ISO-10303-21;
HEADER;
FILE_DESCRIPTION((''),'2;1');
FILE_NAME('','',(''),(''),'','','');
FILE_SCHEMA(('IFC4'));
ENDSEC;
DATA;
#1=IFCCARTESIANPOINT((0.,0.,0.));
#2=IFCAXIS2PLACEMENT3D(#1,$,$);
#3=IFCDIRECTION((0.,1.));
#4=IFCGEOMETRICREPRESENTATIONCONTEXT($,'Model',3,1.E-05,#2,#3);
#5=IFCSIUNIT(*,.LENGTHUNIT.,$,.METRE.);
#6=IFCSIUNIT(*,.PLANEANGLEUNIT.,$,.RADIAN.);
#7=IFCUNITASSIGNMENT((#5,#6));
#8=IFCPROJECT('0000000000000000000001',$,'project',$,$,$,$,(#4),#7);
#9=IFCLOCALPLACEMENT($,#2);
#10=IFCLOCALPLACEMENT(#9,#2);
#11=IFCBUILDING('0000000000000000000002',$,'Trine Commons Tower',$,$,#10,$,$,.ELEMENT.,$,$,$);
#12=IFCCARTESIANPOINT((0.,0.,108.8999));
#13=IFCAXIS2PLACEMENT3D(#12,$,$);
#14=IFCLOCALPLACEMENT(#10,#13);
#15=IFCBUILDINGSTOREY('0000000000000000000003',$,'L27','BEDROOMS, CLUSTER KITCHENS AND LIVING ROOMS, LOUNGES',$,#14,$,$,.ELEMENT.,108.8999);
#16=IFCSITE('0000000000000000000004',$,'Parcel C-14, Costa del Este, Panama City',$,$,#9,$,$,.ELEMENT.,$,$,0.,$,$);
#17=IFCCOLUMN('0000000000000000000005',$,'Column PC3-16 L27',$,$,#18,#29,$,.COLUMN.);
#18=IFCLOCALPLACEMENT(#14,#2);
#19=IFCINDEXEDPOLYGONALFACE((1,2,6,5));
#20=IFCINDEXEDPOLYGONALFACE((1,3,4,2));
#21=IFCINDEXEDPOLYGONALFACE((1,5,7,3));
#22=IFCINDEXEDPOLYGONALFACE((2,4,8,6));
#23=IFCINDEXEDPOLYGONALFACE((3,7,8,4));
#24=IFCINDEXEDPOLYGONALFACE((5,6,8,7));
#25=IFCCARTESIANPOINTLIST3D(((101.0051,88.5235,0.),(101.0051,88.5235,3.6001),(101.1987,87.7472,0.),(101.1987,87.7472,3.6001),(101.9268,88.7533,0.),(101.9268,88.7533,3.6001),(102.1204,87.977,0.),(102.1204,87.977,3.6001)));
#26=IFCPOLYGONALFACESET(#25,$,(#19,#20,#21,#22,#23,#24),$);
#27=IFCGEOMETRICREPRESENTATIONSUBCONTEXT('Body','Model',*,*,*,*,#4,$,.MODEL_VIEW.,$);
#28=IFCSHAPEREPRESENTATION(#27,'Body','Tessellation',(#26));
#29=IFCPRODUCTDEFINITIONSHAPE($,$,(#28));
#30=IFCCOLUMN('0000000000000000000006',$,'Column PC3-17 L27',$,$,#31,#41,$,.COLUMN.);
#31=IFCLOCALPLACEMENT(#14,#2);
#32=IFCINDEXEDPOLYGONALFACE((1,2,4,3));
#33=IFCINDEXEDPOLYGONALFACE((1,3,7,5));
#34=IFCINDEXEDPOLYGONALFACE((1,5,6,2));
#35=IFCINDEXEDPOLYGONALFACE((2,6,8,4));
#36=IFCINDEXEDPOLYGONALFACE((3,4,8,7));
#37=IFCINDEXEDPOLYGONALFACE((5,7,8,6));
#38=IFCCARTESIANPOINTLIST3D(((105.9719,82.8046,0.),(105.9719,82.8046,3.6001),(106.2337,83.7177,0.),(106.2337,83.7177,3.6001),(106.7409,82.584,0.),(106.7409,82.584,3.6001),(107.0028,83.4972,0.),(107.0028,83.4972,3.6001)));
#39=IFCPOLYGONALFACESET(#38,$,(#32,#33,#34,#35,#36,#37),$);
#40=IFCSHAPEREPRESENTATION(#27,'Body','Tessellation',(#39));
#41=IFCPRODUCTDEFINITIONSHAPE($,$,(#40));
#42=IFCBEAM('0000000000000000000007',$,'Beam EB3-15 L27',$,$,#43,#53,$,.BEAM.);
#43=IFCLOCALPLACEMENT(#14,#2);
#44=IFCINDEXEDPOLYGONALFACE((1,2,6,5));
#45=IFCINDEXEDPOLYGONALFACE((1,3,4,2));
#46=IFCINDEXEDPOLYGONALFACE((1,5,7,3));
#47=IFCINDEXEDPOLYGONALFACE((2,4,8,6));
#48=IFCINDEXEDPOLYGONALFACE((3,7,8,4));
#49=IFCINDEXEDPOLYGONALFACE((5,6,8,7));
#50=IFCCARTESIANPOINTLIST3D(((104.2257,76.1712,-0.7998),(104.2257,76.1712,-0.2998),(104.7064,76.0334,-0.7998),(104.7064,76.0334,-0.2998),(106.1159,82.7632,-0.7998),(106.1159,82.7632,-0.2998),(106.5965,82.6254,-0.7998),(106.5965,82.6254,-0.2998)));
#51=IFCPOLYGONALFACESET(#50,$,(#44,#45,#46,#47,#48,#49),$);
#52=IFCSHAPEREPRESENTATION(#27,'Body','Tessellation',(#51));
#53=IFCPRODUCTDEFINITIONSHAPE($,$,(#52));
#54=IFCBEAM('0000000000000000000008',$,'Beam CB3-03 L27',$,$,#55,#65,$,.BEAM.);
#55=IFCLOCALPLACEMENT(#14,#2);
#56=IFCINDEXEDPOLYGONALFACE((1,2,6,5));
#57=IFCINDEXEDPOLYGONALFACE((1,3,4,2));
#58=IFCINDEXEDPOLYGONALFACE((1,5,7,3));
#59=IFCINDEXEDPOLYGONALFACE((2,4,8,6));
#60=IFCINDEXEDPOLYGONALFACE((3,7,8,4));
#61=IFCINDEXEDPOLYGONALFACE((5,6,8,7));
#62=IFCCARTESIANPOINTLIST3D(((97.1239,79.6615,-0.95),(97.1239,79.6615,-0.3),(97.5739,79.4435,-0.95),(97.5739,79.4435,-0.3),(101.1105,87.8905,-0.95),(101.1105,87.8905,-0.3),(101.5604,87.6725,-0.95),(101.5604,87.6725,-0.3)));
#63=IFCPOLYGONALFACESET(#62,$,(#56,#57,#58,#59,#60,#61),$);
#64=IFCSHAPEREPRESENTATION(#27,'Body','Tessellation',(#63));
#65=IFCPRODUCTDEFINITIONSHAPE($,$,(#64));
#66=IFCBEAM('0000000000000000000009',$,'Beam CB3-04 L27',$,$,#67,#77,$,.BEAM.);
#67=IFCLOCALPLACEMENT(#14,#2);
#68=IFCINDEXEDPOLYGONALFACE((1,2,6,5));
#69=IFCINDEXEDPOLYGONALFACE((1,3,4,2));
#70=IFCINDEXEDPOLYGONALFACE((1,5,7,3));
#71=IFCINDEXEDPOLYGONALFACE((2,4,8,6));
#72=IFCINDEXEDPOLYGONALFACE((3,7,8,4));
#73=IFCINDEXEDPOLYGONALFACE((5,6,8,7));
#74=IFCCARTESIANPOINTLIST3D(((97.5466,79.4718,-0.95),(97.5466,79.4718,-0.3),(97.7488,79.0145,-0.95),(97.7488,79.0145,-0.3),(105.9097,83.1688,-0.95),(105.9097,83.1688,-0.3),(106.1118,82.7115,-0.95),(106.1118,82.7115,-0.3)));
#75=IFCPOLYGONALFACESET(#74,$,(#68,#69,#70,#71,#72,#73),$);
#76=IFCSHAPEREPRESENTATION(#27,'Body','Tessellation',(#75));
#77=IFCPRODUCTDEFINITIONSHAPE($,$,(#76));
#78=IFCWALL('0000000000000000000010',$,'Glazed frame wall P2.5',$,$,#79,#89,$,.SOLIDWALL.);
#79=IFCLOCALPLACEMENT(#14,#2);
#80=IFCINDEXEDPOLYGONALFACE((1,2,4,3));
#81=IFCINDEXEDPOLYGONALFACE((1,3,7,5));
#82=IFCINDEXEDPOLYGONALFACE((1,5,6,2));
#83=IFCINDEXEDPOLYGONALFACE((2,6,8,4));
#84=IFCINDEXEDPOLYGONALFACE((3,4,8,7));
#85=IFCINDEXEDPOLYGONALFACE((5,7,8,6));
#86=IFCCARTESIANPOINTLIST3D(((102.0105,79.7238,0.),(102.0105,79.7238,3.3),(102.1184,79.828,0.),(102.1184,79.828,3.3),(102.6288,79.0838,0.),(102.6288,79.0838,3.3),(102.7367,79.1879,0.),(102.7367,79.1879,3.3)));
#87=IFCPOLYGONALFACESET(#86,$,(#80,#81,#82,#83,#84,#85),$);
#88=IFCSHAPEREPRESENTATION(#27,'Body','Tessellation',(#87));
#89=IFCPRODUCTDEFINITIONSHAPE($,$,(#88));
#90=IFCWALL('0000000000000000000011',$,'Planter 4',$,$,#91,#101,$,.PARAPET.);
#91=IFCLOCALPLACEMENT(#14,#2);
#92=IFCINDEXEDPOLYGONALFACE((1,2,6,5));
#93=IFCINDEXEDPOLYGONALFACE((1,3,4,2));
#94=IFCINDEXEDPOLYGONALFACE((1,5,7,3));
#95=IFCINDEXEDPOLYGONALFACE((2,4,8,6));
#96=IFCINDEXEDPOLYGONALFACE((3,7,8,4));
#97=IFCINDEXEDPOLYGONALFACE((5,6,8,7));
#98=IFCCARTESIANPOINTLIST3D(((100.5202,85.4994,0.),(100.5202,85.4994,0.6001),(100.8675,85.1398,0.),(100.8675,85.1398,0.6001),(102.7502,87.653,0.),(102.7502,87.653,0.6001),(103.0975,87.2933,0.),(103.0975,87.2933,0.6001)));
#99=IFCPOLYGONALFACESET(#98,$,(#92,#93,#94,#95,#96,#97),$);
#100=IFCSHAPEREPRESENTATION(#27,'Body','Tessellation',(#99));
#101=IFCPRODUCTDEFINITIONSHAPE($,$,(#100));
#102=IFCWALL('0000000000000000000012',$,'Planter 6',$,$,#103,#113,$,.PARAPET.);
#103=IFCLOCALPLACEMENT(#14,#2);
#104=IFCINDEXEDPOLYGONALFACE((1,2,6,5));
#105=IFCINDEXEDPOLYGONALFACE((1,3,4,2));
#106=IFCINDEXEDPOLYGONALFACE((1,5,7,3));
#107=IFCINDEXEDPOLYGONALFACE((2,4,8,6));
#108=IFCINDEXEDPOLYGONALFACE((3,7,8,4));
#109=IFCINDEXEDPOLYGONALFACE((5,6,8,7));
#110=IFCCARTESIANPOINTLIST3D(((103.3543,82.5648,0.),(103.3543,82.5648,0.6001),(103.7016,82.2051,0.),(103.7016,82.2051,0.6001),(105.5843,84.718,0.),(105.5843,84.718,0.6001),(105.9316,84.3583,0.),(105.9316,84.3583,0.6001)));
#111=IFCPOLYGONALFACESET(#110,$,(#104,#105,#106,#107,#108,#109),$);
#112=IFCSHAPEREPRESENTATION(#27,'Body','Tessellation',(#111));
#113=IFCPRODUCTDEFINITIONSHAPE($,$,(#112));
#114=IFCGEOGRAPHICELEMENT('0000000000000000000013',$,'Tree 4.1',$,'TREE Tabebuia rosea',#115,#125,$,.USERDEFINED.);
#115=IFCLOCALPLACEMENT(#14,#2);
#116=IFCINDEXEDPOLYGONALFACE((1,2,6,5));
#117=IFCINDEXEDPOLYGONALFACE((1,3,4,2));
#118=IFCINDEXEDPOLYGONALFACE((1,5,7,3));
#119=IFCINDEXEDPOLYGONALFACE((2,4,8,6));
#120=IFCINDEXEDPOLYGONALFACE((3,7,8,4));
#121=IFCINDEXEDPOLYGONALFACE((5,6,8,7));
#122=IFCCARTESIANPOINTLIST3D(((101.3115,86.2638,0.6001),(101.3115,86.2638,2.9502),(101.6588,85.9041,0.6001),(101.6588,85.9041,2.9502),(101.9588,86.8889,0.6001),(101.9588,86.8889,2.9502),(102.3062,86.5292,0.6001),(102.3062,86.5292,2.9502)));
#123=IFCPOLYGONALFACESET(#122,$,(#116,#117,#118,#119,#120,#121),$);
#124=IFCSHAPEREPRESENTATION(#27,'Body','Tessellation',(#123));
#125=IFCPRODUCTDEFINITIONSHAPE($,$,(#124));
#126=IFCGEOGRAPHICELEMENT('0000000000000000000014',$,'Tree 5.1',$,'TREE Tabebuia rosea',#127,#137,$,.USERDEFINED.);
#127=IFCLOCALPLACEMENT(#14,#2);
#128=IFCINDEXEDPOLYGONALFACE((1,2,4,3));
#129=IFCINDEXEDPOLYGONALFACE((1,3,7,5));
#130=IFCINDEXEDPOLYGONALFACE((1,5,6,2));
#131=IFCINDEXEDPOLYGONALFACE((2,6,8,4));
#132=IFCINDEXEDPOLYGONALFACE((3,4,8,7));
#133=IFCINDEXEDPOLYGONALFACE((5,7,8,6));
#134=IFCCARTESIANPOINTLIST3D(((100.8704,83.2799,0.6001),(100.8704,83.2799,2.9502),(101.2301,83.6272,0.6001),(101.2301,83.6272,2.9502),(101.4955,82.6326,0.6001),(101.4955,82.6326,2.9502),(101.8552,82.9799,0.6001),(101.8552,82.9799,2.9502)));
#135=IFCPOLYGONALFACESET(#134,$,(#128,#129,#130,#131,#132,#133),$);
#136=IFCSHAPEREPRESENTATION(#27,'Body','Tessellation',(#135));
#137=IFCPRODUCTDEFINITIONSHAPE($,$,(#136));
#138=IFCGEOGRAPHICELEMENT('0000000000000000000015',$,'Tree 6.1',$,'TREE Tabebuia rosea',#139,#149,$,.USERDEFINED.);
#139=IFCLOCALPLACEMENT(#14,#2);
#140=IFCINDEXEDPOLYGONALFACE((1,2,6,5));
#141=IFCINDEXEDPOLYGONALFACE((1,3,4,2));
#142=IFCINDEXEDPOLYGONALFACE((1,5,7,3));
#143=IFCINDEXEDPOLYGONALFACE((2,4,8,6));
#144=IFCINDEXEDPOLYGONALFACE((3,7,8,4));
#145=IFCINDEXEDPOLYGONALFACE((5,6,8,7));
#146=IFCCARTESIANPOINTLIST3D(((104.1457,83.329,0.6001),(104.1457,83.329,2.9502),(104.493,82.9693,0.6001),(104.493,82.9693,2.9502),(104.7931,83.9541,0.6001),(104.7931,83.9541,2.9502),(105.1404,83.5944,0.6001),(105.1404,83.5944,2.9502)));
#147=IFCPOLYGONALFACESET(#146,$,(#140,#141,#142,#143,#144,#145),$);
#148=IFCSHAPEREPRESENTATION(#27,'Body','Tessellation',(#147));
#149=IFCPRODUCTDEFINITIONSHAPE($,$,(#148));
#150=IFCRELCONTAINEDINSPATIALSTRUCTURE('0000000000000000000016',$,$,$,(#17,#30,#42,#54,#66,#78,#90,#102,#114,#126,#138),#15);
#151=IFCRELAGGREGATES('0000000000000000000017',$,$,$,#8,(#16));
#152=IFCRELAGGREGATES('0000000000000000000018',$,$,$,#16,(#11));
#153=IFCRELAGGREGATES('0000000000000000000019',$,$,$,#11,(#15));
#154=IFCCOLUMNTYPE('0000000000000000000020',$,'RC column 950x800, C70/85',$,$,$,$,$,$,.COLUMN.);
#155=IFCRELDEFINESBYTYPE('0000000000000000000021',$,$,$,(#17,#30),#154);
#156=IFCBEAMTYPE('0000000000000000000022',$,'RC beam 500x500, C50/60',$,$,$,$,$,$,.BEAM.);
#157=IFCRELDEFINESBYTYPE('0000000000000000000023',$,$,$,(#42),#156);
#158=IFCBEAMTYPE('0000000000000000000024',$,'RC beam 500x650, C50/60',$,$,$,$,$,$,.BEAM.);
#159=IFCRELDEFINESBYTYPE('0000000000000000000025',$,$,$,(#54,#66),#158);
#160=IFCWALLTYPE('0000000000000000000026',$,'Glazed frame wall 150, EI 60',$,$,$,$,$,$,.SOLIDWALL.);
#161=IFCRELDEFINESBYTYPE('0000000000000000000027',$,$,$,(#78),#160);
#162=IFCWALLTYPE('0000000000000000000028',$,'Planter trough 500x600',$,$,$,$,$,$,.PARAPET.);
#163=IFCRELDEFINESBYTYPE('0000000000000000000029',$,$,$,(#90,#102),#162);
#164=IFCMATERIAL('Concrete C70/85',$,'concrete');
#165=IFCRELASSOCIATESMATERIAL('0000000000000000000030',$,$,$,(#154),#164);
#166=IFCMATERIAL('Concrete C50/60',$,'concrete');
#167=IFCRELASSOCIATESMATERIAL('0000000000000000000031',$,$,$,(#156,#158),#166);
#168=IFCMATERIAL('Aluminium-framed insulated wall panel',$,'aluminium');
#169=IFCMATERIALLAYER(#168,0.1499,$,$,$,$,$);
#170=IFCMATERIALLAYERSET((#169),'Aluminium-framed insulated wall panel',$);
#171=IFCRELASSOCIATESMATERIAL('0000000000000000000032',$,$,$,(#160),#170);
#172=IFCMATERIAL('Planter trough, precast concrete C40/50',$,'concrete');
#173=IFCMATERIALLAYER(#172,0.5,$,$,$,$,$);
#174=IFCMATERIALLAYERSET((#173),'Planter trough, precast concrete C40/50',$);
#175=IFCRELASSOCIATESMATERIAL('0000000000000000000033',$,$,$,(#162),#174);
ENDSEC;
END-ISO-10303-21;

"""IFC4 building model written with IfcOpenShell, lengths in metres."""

from ifc_helpers import new_model, si_unit, direction, frame, frame_2d, origin, origin_2d, place, context, subcontext, project, spatial, polyline, rectangle, outline, extrude, material, layer, layer_set, material_profile, profile_set, type_object, element, save


model = new_model("IFC4")

# Units and contexts
model_context = context("Model", 3, precision=1e-05, world=origin(), true_north=direction((0.0, 1.0)))
body_context = subcontext(model_context, "Body", "Model", "MODEL_VIEW")
ifc_project = project(units=[si_unit("LENGTHUNIT", "METRE"), si_unit("PLANEANGLEUNIT", "RADIAN")], contexts=[model_context])

# Site, building, storey
site_placement = place(None, origin())
site = spatial("IfcSite", under=ifc_project, at=site_placement, Name="Parcel C-14, Costa del Este, Panama City", CompositionType="ELEMENT", RefElevation=0.0)
building_placement = place(site_placement, origin())
building = spatial("IfcBuilding", under=site, at=building_placement, Name="Trine Commons Tower", CompositionType="ELEMENT")
storey_placement = place(building_placement, frame((0.0, 0.0, 108.8999)))
storey = spatial("IfcBuildingStorey", under=building, at=storey_placement, Name="L27", Description="BEDROOMS, CLUSTER KITCHENS AND LIVING ROOMS, LOUNGES", CompositionType="ELEMENT", Elevation=108.8999)

# Columns
ifc_material_1 = material(Name="Concrete C70/85", Category="concrete")
ifc_material_profile_1 = material_profile(ifc_material_1, rectangle(XDim=0.95, YDim=0.8, at=origin_2d()), Name="RC 950x800")
ifc_profile_set_1 = profile_set([ifc_material_profile_1], Name="Concrete C70/85")
column_type = type_object("IfcColumnType", Name="RC column 950x800, C70/85", PredefinedType="COLUMN", material=ifc_profile_set_1)
for number, where, z_axis, x_axis, name in (
    (1, (101.5627, 88.2502, 0.0), (0.0, 0.0, 1.0), (0.970296, 0.241922, 0.0), "Column PC3-16 L27"),
    (2, (106.4873, 83.1509, 0.0), (0.0, 0.0, 1.0), (0.275637, 0.961262, 0.0), "Column PC3-17 L27"),
):
    element("IfcColumn", number, at=place(storey_placement, frame(where, z_axis=z_axis, x_axis=x_axis)), inside=storey, type_object=column_type, Name=name, PredefinedType="COLUMN", context=body_context, shape_type="SweptSolid", body=[
        extrude(rectangle(XDim=0.95, YDim=0.8, at=origin_2d()), origin(), (0.0, 0.0, 1.0), 3.6001),
    ])

# Beams
ifc_material_2 = material(Name="Concrete C50/60", Category="concrete")
ifc_material_profile_2 = material_profile(ifc_material_2, rectangle(XDim=0.5, YDim=0.5, at=origin_2d()), Name="RC 500x500")
ifc_profile_set_2 = profile_set([ifc_material_profile_2], Name="Concrete C50/60")
beam_type_1 = type_object("IfcBeamType", Name="RC beam 500x500, C50/60", PredefinedType="BEAM", material=ifc_profile_set_2)
beam_placement = place(storey_placement, frame((106.3562, 82.6943, -0.5498), z_axis=(-0.275624, -0.961266, 0.0), x_axis=(0.961266, -0.275624, 0.0)))
element("IfcBeam", 3, at=beam_placement, inside=storey, type_object=beam_type_1, Name="Beam EB3-15 L27", PredefinedType="BEAM", context=body_context, shape_type="SweptSolid", body=[
    extrude(rectangle(XDim=0.5, YDim=0.5, at=origin_2d()), origin(), (0.0, 0.0, 1.0), 6.8577),
])
ifc_material_profile_3 = material_profile(ifc_material_2, rectangle(XDim=0.5, YDim=0.6499, at=origin_2d()), Name="RC 500x650")
ifc_profile_set_3 = profile_set([ifc_material_profile_3], Name="Concrete C50/60")
beam_type_2 = type_object("IfcBeamType", Name="RC beam 500x650, C50/60", PredefinedType="BEAM", material=ifc_profile_set_3)
for number, where, z_axis, x_axis, name in (
    (4, (101.3354, 87.7815, -0.625), (-0.435986, -0.899953, 0.0), (0.899953, -0.435986, 0.0), "Beam CB3-03 L27"),
    (5, (106.0107, 82.9402, -0.625), (-0.914617, -0.404322, 0.0), (0.404322, -0.914617, 0.0), "Beam CB3-04 L27"),
):
    element("IfcBeam", number, at=place(storey_placement, frame(where, z_axis=z_axis, x_axis=x_axis)), inside=storey, type_object=beam_type_2, Name=name, PredefinedType="BEAM", context=body_context, shape_type="SweptSolid", body=[
        extrude(rectangle(XDim=0.5, YDim=0.6499, at=origin_2d()), origin(), (0.0, 0.0, 1.0), 9.1438),
    ])

# Wall
ifc_material_3 = material(Name="Aluminium-framed insulated wall panel", Category="aluminium")
ifc_layer_1 = layer(ifc_material_3, 0.1499)
ifc_layer_set_1 = layer_set([ifc_layer_1], Name="Aluminium-framed insulated wall panel")
wall_type_1 = type_object("IfcWallType", Name="Glazed frame wall 150, EI 60", PredefinedType="SOLIDWALL", material=ifc_layer_set_1)
wall_1_placement = place(storey_placement, frame((102.0645, 79.7759, 0.0), z_axis=(0.0, 0.0, 1.0), x_axis=(0.694795, -0.719208, 0.0)))
element("IfcWall", 6, at=wall_1_placement, inside=storey, type_object=wall_type_1, Name="Glazed frame wall P2.5", PredefinedType="SOLIDWALL", context=body_context, shape_type="SweptSolid", body=[
    extrude(outline(polyline([(0.8899, 0.075), (0.0, 0.075), (0.0, -0.075), (0.8899, -0.075), (0.8899, 0.075)])), origin(), (0.0, 0.0, 1.0), 3.3),
])

# Walls
ifc_material_4 = material(Name="Planter trough, precast concrete C40/50", Category="concrete")
ifc_layer_2 = layer(ifc_material_4, 0.5)
ifc_layer_set_2 = layer_set([ifc_layer_2], Name="Planter trough, precast concrete C40/50")
wall_type_2 = type_object("IfcWallType", Name="Planter trough 500x600", PredefinedType="PARAPET", material=ifc_layer_set_2)
wall_2_placement = place(storey_placement, frame((102.9238, 87.4731, 0.0), z_axis=(0.0, 0.0, 1.0), x_axis=(-0.719324, -0.694675, 0.0)))
element("IfcWall", 7, at=wall_2_placement, inside=storey, type_object=wall_type_2, Name="Planter 4", PredefinedType="PARAPET", context=body_context, shape_type="SweptSolid", body=[
    extrude(rectangle(XDim=3.1001, YDim=0.5, at=frame_2d((1.55, 0.0))), origin(), (0.0, 0.0, 1.0), 0.6001),
])
wall_3_placement = place(storey_placement, frame((103.5281, 82.385, 0.0), z_axis=(0.0, 0.0, 1.0), x_axis=(0.719363, 0.694634, 0.0)))
element("IfcWall", 8, at=wall_3_placement, inside=storey, type_object=wall_type_2, Name="Planter 6", PredefinedType="PARAPET", context=body_context, shape_type="SweptSolid", body=[
    extrude(rectangle(XDim=3.0999, YDim=0.5, at=frame_2d((1.5498, 0.0))), origin(), (0.0, 0.0, 1.0), 0.6001),
])

# Geographic elements
for number, where, z_axis, x_axis, name in (
    (9, (101.8088, 86.3965, 0.6001), (0.0, 0.0, 1.0), (-0.719333, -0.694666, 0.0), "Tree 4.1"),
    (10, (101.3628, 83.1299, 0.6001), (0.0, 0.0, 1.0), (0.694658, -0.71934, 0.0), "Tree 5.1"),
    (11, (104.6431, 83.4617, 0.6001), (0.0, 0.0, 1.0), (0.719363, 0.694635, 0.0), "Tree 6.1"),
):
    element("IfcGeographicElement", number, at=place(storey_placement, frame(where, z_axis=z_axis, x_axis=x_axis)), inside=storey, Name=name, ObjectType="TREE Tabebuia rosea", PredefinedType="USERDEFINED", context=body_context, shape_type="SweptSolid", body=[
        extrude(rectangle(XDim=0.8999, YDim=0.5, at=origin_2d()), origin(), (0.0, 0.0, 1.0), 2.3501),
    ])

save(model, "model.ifc")
